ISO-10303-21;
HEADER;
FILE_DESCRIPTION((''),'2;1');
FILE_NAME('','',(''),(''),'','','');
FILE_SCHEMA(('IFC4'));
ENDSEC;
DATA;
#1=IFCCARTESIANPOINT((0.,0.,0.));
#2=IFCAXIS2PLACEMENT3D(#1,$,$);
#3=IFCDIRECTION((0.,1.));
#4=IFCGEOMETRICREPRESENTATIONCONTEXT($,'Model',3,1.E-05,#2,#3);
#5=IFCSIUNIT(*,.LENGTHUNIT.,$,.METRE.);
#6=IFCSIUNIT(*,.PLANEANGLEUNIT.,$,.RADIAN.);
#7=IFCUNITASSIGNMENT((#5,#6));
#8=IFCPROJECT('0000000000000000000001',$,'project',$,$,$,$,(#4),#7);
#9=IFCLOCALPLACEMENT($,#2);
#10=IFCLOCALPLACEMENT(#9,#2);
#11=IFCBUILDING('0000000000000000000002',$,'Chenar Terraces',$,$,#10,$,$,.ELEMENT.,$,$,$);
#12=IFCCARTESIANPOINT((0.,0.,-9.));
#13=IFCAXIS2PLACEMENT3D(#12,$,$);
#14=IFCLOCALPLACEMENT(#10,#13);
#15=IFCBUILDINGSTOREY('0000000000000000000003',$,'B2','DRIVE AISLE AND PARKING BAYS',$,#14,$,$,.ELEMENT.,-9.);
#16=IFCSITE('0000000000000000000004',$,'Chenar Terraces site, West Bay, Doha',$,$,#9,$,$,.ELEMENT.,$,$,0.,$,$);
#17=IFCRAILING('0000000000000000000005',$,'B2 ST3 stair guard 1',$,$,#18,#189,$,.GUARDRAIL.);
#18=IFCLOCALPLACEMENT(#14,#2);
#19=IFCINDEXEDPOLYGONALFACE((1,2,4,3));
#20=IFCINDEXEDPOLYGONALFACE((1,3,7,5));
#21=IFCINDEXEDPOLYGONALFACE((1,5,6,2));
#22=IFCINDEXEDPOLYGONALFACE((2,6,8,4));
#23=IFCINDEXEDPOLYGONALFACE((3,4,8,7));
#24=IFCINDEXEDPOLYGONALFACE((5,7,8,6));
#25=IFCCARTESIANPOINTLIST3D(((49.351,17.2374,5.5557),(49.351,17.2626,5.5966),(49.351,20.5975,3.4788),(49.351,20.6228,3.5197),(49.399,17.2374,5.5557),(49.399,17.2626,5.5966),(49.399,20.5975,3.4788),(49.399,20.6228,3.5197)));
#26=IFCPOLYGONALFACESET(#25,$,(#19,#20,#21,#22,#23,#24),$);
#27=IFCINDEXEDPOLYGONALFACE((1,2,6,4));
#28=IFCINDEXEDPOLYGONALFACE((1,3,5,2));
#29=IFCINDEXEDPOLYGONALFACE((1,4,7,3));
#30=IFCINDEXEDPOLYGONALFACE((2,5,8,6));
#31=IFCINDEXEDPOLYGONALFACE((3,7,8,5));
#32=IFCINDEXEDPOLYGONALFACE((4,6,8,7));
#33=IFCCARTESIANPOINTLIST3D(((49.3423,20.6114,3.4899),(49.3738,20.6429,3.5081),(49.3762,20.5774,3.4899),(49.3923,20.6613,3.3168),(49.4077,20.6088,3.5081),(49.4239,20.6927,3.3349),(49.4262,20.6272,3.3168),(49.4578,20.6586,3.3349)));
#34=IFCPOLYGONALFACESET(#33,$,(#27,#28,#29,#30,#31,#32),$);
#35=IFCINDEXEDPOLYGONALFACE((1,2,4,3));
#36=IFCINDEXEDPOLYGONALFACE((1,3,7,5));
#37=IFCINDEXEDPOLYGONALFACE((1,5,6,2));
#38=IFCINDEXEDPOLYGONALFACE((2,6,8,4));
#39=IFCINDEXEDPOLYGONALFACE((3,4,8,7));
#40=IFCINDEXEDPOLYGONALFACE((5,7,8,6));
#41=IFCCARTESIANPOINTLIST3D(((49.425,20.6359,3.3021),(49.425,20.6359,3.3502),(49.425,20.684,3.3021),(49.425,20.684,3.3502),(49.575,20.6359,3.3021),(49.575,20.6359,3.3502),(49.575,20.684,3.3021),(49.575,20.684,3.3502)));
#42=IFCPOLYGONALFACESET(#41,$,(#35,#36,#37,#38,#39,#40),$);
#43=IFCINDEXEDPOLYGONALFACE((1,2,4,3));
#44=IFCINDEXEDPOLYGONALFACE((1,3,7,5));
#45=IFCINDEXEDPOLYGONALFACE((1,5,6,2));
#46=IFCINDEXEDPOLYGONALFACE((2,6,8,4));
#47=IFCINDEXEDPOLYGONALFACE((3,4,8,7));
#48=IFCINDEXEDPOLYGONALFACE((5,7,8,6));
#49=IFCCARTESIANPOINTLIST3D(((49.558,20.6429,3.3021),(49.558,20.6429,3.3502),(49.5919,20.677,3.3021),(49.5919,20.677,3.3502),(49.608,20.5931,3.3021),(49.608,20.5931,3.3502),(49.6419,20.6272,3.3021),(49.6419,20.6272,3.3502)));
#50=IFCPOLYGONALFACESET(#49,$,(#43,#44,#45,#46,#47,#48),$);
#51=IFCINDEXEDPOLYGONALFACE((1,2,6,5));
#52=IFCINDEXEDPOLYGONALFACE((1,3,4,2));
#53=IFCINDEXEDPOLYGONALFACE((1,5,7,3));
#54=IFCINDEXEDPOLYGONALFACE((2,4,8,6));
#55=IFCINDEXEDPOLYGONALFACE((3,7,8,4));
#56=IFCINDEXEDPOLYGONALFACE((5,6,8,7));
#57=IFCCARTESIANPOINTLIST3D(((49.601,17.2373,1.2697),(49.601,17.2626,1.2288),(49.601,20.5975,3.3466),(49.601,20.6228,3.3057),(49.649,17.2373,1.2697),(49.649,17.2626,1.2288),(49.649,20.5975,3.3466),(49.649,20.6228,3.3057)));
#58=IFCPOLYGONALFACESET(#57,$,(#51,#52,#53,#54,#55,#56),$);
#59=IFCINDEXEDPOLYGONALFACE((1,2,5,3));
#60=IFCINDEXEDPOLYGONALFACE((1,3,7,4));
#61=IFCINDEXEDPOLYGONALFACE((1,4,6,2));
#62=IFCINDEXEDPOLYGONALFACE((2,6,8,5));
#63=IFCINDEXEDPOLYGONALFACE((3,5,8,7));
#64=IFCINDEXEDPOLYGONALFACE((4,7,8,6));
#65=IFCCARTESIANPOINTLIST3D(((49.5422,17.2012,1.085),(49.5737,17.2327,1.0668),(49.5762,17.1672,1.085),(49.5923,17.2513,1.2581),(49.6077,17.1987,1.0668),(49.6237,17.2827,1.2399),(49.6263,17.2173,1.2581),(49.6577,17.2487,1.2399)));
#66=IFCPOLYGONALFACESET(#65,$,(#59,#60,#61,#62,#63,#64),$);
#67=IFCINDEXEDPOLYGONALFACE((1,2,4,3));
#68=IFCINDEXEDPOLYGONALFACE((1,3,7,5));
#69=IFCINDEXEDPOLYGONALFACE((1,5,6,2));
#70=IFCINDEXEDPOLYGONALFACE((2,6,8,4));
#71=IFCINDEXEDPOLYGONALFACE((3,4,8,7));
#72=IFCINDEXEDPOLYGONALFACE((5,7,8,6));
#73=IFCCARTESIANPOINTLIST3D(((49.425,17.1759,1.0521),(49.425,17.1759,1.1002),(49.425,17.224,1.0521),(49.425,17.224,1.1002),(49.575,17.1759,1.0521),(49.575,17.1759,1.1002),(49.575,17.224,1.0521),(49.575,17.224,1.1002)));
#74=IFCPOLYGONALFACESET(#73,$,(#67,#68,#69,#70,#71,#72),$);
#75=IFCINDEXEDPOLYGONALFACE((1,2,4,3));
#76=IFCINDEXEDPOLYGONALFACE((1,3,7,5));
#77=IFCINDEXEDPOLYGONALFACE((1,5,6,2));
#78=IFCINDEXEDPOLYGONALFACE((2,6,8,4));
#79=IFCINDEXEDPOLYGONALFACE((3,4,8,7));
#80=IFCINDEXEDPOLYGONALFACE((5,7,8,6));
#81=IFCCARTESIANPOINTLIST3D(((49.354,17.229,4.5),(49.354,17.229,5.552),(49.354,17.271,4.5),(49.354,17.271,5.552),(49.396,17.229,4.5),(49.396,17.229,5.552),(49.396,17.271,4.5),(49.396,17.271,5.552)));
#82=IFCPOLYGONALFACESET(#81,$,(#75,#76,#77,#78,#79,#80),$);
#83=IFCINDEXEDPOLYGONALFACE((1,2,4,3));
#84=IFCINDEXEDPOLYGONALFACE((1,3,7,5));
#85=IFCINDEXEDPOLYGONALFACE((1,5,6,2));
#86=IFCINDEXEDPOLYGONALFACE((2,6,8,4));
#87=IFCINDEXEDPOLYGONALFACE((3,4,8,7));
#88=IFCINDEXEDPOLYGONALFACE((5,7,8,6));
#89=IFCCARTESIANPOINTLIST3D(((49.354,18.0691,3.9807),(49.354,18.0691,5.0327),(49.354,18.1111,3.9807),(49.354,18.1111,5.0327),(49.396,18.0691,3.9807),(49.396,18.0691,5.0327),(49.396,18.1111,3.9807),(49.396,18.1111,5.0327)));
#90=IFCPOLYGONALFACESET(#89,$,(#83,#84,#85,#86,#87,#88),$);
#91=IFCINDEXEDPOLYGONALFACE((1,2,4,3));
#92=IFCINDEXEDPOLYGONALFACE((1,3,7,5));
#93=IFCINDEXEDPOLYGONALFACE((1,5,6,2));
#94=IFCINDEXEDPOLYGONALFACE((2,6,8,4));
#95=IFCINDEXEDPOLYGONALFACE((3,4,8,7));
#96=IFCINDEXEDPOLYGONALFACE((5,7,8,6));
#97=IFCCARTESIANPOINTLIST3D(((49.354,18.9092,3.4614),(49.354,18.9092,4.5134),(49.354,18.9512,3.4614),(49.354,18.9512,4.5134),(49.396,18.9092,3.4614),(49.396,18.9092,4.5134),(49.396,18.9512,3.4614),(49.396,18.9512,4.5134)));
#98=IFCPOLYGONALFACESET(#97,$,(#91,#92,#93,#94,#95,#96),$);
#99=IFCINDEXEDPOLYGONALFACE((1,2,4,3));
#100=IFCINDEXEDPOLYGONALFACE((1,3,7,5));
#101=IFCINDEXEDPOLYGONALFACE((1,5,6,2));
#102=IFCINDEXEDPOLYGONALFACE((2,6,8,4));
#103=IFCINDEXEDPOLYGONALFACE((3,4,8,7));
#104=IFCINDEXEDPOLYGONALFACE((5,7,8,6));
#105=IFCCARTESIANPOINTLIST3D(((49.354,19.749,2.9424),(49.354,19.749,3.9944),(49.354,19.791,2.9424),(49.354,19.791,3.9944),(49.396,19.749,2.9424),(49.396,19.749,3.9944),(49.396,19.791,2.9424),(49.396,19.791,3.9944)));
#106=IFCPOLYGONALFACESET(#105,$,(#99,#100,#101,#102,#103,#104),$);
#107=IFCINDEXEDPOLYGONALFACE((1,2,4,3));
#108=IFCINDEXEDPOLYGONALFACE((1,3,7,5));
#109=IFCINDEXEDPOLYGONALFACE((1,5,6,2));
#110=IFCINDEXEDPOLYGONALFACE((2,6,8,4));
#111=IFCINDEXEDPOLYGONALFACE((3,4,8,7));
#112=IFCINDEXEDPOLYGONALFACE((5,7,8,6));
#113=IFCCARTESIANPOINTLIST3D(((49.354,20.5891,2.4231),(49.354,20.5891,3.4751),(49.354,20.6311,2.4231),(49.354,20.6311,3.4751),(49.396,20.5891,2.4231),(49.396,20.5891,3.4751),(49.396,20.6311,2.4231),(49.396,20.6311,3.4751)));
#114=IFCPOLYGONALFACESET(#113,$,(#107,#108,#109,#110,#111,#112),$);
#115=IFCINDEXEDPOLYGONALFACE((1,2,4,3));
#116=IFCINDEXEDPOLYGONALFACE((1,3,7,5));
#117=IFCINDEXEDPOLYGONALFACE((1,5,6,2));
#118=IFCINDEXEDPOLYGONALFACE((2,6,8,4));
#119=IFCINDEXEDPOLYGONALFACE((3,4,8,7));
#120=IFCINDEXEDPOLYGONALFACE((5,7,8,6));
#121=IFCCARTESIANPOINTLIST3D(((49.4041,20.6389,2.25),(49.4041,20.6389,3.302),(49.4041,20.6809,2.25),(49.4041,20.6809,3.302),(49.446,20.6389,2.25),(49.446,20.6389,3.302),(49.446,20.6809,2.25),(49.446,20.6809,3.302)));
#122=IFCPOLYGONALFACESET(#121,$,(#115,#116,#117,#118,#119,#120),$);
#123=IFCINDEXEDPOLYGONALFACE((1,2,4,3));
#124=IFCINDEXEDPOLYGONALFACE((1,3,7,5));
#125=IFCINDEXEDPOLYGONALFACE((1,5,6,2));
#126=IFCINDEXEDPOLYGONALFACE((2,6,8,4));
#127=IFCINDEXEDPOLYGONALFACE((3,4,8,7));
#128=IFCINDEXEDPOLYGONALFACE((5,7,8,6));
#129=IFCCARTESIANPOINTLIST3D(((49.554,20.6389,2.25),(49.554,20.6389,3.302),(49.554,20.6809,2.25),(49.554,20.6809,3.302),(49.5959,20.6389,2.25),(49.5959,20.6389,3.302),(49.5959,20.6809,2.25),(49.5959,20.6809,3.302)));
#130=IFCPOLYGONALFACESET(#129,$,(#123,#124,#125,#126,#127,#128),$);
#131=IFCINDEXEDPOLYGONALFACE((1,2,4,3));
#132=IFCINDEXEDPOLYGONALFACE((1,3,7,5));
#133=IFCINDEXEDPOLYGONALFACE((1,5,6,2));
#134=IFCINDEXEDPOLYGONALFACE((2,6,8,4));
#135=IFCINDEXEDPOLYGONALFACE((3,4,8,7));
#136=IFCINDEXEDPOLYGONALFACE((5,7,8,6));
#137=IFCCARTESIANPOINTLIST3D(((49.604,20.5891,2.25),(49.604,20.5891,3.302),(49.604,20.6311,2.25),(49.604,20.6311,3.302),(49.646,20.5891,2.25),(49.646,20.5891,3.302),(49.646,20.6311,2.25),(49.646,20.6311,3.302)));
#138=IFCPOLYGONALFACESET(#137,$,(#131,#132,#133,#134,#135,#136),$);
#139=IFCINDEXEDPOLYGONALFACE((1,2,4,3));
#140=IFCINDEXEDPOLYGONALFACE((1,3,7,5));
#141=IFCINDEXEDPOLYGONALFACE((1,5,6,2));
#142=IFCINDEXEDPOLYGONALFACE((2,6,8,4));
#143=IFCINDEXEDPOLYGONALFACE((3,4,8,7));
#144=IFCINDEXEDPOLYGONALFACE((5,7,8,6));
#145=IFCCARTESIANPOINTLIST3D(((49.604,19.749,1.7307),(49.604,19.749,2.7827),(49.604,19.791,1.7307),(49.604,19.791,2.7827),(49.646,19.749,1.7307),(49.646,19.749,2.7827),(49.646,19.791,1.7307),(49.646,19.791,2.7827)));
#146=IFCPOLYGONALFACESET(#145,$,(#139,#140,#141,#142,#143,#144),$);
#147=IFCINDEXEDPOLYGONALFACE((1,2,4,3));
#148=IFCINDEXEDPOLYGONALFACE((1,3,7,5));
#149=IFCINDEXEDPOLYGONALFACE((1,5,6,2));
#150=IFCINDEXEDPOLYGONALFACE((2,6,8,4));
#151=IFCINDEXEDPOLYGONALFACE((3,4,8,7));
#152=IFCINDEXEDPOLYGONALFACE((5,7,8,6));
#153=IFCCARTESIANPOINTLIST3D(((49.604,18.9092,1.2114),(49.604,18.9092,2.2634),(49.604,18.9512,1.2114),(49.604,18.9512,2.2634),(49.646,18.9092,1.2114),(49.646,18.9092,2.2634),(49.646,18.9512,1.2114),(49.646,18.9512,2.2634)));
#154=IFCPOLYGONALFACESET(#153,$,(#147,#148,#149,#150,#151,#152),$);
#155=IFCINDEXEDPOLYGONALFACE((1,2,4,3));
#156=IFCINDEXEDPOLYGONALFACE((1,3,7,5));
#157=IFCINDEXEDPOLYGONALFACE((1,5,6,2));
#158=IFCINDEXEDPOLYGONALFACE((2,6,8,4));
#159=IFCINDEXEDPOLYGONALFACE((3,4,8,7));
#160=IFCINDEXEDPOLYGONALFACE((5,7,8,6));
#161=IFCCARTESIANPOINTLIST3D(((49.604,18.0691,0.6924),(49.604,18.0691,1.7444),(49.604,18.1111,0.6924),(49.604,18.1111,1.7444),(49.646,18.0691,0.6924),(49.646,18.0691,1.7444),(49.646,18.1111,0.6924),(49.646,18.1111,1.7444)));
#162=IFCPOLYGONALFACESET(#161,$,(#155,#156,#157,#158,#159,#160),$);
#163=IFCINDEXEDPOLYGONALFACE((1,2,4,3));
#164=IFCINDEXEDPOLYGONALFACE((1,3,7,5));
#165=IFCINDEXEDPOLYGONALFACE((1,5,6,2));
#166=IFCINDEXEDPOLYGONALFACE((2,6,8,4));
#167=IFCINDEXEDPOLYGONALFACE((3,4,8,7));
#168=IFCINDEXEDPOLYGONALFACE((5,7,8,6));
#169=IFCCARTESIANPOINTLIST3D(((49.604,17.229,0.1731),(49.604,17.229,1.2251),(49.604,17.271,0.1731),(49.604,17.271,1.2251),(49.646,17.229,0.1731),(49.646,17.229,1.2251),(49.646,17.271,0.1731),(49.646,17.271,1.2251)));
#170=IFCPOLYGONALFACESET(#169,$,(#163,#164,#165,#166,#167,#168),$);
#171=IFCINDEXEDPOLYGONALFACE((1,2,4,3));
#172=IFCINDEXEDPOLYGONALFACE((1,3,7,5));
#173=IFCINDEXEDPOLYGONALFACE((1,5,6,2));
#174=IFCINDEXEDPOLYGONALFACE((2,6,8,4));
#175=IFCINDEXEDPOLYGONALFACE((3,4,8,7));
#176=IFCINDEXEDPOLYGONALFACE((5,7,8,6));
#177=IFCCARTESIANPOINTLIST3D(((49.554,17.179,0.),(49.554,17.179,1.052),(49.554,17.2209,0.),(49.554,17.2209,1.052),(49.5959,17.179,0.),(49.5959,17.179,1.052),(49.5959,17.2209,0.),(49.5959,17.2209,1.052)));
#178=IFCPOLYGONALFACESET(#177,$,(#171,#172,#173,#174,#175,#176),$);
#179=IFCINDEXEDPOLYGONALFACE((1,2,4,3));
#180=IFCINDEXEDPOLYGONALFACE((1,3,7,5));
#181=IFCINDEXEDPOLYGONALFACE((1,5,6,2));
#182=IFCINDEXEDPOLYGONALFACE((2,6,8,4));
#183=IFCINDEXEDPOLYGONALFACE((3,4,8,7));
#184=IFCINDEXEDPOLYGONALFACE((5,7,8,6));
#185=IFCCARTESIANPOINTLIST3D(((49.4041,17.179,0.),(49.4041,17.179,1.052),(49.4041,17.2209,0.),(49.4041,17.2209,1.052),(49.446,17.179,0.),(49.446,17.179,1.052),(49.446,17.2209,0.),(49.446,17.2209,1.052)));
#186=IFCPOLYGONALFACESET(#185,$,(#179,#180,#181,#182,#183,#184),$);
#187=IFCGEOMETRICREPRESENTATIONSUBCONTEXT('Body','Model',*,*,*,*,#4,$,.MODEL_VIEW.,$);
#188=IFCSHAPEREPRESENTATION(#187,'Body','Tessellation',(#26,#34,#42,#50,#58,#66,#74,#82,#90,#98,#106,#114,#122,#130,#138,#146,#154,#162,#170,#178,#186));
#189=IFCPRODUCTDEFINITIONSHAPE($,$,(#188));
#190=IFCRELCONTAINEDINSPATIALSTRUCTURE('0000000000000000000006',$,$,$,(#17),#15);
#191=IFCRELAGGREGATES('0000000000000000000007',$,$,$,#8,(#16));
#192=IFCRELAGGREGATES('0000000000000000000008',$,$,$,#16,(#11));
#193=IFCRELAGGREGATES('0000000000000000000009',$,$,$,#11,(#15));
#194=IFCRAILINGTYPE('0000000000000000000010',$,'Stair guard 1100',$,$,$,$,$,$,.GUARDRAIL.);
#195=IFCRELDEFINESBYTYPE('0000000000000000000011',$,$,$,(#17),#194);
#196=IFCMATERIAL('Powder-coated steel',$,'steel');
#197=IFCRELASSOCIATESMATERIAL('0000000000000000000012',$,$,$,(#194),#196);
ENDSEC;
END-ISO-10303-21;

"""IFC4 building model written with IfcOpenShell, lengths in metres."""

from ifc_helpers import new_model, si_unit, direction, frame, origin, origin_2d, place, context, subcontext, project, spatial, rectangle, extrude, material, type_object, element, save


model = new_model("IFC4")

# Units and contexts
model_context = context("Model", 3, precision=1e-05, world=origin(), true_north=direction((0.0, 1.0)))
body_context = subcontext(model_context, "Body", "Model", "MODEL_VIEW")
ifc_project = project(units=[si_unit("LENGTHUNIT", "METRE"), si_unit("PLANEANGLEUNIT", "RADIAN")], contexts=[model_context])

# Site, building, storey
site_placement = place(None, origin())
site = spatial("IfcSite", under=ifc_project, at=site_placement, Name="Chenar Terraces site, West Bay, Doha", CompositionType="ELEMENT", RefElevation=0.0)
building_placement = place(site_placement, origin())
building = spatial("IfcBuilding", under=site, at=building_placement, Name="Chenar Terraces", CompositionType="ELEMENT")
storey_placement = place(building_placement, frame((0.0, 0.0, -9.0)))
storey = spatial("IfcBuildingStorey", under=building, at=storey_placement, Name="B2", Description="DRIVE AISLE AND PARKING BAYS", CompositionType="ELEMENT", Elevation=-9.0)

# Railing
ifc_material_1 = material(Name="Powder-coated steel", Category="steel")
railing_type = type_object("IfcRailingType", Name="Stair guard 1100", PredefinedType="GUARDRAIL", material=ifc_material_1)
railing_1_placement = place(storey_placement, frame((49.375, 17.25, 4.5)))
element("IfcRailing", 1, at=railing_1_placement, inside=storey, type_object=railing_type, Name="B2 ST3 stair guard 1", PredefinedType="GUARDRAIL", context=body_context, shape_type="SweptSolid", body=[
    extrude(rectangle(XDim=0.0481, YDim=0.0481, at=origin_2d()), frame((0.0, 0.0, 1.0762), z_axis=(0.0, 0.850623, -0.525776), x_axis=(-1.0, 0.0, 0.0)), (0.0, 0.0, 1.0), 3.9502),
    extrude(rectangle(XDim=0.0481, YDim=0.0481, at=origin_2d()), frame((0.0, 3.3601, -1.001), z_axis=(0.267723, 0.266417, -0.92593), x_axis=(-0.705376, 0.708834, 0.0)), (0.0, 0.0, 1.0), 0.187),
    extrude(rectangle(XDim=0.0481, YDim=0.0481, at=origin_2d()), frame((0.05, 3.4099, -1.1738), z_axis=(1.0, 0.0, 0.0), x_axis=(0.0, 1.0, 0.0)), (0.0, 0.0, 1.0), 0.1499),
    extrude(rectangle(XDim=0.0481, YDim=0.0481, at=origin_2d()), frame((0.2, 3.4099, -1.1738), z_axis=(0.708834, -0.705376, 0.0), x_axis=(0.705376, 0.708834, 0.0)), (0.0, 0.0, 1.0), 0.0706),
    extrude(rectangle(XDim=0.0481, YDim=0.0481, at=origin_2d()), frame((0.25, 3.3601, -1.1738), z_axis=(0.0, -0.850623, -0.525776), x_axis=(1.0, 0.0, 0.0)), (0.0, 0.0, 1.0), 3.9502),
    extrude(rectangle(XDim=0.0481, YDim=0.0481, at=origin_2d()), frame((0.25, 0.0, -3.251), z_axis=(-0.26763, -0.26763, -0.925607), x_axis=(0.707107, -0.707107, 0.0)), (0.0, 0.0, 1.0), 0.187),
    extrude(rectangle(XDim=0.0481, YDim=0.0481, at=origin_2d()), frame((0.2, -0.05, -3.4238), z_axis=(-1.0, 0.0, 0.0), x_axis=(0.0, -1.0, 0.0)), (0.0, 0.0, 1.0), 0.1499),
    extrude(rectangle(XDim=0.042, YDim=0.042, at=origin_2d()), origin(), (0.0, 0.0, 1.0), 1.052),
    extrude(rectangle(XDim=0.042, YDim=0.042, at=origin_2d()), frame((0.0, 0.8401, -0.5193)), (0.0, 0.0, 1.0), 1.052),
    extrude(rectangle(XDim=0.042, YDim=0.042, at=origin_2d()), frame((0.0, 1.6802, -1.0386)), (0.0, 0.0, 1.0), 1.052),
    extrude(rectangle(XDim=0.042, YDim=0.042, at=origin_2d()), frame((0.0, 2.52, -1.5576)), (0.0, 0.0, 1.0), 1.052),
    extrude(rectangle(XDim=0.042, YDim=0.042, at=origin_2d()), frame((0.0, 3.3601, -2.0769)), (0.0, 0.0, 1.0), 1.052),
    extrude(rectangle(XDim=0.042, YDim=0.042, at=origin_2d()), frame((0.05, 3.4099, -2.25)), (0.0, 0.0, 1.0), 1.052),
    extrude(rectangle(XDim=0.042, YDim=0.042, at=origin_2d()), frame((0.2, 3.4099, -2.25)), (0.0, 0.0, 1.0), 1.052),
    extrude(rectangle(XDim=0.042, YDim=0.042, at=origin_2d()), frame((0.25, 3.3601, -2.25)), (0.0, 0.0, 1.0), 1.052),
    extrude(rectangle(XDim=0.042, YDim=0.042, at=origin_2d()), frame((0.25, 2.52, -2.7693)), (0.0, 0.0, 1.0), 1.052),
    extrude(rectangle(XDim=0.042, YDim=0.042, at=origin_2d()), frame((0.25, 1.6802, -3.2886)), (0.0, 0.0, 1.0), 1.052),
    extrude(rectangle(XDim=0.042, YDim=0.042, at=origin_2d()), frame((0.25, 0.8401, -3.8076)), (0.0, 0.0, 1.0), 1.052),
    extrude(rectangle(XDim=0.042, YDim=0.042, at=origin_2d()), frame((0.25, 0.0, -4.3269)), (0.0, 0.0, 1.0), 1.052),
    extrude(rectangle(XDim=0.042, YDim=0.042, at=origin_2d()), frame((0.2, -0.05, -4.5)), (0.0, 0.0, 1.0), 1.052),
    extrude(rectangle(XDim=0.042, YDim=0.042, at=origin_2d()), frame((0.05, -0.05, -4.5)), (0.0, 0.0, 1.0), 1.052),
])

save(model, "model.ifc")
